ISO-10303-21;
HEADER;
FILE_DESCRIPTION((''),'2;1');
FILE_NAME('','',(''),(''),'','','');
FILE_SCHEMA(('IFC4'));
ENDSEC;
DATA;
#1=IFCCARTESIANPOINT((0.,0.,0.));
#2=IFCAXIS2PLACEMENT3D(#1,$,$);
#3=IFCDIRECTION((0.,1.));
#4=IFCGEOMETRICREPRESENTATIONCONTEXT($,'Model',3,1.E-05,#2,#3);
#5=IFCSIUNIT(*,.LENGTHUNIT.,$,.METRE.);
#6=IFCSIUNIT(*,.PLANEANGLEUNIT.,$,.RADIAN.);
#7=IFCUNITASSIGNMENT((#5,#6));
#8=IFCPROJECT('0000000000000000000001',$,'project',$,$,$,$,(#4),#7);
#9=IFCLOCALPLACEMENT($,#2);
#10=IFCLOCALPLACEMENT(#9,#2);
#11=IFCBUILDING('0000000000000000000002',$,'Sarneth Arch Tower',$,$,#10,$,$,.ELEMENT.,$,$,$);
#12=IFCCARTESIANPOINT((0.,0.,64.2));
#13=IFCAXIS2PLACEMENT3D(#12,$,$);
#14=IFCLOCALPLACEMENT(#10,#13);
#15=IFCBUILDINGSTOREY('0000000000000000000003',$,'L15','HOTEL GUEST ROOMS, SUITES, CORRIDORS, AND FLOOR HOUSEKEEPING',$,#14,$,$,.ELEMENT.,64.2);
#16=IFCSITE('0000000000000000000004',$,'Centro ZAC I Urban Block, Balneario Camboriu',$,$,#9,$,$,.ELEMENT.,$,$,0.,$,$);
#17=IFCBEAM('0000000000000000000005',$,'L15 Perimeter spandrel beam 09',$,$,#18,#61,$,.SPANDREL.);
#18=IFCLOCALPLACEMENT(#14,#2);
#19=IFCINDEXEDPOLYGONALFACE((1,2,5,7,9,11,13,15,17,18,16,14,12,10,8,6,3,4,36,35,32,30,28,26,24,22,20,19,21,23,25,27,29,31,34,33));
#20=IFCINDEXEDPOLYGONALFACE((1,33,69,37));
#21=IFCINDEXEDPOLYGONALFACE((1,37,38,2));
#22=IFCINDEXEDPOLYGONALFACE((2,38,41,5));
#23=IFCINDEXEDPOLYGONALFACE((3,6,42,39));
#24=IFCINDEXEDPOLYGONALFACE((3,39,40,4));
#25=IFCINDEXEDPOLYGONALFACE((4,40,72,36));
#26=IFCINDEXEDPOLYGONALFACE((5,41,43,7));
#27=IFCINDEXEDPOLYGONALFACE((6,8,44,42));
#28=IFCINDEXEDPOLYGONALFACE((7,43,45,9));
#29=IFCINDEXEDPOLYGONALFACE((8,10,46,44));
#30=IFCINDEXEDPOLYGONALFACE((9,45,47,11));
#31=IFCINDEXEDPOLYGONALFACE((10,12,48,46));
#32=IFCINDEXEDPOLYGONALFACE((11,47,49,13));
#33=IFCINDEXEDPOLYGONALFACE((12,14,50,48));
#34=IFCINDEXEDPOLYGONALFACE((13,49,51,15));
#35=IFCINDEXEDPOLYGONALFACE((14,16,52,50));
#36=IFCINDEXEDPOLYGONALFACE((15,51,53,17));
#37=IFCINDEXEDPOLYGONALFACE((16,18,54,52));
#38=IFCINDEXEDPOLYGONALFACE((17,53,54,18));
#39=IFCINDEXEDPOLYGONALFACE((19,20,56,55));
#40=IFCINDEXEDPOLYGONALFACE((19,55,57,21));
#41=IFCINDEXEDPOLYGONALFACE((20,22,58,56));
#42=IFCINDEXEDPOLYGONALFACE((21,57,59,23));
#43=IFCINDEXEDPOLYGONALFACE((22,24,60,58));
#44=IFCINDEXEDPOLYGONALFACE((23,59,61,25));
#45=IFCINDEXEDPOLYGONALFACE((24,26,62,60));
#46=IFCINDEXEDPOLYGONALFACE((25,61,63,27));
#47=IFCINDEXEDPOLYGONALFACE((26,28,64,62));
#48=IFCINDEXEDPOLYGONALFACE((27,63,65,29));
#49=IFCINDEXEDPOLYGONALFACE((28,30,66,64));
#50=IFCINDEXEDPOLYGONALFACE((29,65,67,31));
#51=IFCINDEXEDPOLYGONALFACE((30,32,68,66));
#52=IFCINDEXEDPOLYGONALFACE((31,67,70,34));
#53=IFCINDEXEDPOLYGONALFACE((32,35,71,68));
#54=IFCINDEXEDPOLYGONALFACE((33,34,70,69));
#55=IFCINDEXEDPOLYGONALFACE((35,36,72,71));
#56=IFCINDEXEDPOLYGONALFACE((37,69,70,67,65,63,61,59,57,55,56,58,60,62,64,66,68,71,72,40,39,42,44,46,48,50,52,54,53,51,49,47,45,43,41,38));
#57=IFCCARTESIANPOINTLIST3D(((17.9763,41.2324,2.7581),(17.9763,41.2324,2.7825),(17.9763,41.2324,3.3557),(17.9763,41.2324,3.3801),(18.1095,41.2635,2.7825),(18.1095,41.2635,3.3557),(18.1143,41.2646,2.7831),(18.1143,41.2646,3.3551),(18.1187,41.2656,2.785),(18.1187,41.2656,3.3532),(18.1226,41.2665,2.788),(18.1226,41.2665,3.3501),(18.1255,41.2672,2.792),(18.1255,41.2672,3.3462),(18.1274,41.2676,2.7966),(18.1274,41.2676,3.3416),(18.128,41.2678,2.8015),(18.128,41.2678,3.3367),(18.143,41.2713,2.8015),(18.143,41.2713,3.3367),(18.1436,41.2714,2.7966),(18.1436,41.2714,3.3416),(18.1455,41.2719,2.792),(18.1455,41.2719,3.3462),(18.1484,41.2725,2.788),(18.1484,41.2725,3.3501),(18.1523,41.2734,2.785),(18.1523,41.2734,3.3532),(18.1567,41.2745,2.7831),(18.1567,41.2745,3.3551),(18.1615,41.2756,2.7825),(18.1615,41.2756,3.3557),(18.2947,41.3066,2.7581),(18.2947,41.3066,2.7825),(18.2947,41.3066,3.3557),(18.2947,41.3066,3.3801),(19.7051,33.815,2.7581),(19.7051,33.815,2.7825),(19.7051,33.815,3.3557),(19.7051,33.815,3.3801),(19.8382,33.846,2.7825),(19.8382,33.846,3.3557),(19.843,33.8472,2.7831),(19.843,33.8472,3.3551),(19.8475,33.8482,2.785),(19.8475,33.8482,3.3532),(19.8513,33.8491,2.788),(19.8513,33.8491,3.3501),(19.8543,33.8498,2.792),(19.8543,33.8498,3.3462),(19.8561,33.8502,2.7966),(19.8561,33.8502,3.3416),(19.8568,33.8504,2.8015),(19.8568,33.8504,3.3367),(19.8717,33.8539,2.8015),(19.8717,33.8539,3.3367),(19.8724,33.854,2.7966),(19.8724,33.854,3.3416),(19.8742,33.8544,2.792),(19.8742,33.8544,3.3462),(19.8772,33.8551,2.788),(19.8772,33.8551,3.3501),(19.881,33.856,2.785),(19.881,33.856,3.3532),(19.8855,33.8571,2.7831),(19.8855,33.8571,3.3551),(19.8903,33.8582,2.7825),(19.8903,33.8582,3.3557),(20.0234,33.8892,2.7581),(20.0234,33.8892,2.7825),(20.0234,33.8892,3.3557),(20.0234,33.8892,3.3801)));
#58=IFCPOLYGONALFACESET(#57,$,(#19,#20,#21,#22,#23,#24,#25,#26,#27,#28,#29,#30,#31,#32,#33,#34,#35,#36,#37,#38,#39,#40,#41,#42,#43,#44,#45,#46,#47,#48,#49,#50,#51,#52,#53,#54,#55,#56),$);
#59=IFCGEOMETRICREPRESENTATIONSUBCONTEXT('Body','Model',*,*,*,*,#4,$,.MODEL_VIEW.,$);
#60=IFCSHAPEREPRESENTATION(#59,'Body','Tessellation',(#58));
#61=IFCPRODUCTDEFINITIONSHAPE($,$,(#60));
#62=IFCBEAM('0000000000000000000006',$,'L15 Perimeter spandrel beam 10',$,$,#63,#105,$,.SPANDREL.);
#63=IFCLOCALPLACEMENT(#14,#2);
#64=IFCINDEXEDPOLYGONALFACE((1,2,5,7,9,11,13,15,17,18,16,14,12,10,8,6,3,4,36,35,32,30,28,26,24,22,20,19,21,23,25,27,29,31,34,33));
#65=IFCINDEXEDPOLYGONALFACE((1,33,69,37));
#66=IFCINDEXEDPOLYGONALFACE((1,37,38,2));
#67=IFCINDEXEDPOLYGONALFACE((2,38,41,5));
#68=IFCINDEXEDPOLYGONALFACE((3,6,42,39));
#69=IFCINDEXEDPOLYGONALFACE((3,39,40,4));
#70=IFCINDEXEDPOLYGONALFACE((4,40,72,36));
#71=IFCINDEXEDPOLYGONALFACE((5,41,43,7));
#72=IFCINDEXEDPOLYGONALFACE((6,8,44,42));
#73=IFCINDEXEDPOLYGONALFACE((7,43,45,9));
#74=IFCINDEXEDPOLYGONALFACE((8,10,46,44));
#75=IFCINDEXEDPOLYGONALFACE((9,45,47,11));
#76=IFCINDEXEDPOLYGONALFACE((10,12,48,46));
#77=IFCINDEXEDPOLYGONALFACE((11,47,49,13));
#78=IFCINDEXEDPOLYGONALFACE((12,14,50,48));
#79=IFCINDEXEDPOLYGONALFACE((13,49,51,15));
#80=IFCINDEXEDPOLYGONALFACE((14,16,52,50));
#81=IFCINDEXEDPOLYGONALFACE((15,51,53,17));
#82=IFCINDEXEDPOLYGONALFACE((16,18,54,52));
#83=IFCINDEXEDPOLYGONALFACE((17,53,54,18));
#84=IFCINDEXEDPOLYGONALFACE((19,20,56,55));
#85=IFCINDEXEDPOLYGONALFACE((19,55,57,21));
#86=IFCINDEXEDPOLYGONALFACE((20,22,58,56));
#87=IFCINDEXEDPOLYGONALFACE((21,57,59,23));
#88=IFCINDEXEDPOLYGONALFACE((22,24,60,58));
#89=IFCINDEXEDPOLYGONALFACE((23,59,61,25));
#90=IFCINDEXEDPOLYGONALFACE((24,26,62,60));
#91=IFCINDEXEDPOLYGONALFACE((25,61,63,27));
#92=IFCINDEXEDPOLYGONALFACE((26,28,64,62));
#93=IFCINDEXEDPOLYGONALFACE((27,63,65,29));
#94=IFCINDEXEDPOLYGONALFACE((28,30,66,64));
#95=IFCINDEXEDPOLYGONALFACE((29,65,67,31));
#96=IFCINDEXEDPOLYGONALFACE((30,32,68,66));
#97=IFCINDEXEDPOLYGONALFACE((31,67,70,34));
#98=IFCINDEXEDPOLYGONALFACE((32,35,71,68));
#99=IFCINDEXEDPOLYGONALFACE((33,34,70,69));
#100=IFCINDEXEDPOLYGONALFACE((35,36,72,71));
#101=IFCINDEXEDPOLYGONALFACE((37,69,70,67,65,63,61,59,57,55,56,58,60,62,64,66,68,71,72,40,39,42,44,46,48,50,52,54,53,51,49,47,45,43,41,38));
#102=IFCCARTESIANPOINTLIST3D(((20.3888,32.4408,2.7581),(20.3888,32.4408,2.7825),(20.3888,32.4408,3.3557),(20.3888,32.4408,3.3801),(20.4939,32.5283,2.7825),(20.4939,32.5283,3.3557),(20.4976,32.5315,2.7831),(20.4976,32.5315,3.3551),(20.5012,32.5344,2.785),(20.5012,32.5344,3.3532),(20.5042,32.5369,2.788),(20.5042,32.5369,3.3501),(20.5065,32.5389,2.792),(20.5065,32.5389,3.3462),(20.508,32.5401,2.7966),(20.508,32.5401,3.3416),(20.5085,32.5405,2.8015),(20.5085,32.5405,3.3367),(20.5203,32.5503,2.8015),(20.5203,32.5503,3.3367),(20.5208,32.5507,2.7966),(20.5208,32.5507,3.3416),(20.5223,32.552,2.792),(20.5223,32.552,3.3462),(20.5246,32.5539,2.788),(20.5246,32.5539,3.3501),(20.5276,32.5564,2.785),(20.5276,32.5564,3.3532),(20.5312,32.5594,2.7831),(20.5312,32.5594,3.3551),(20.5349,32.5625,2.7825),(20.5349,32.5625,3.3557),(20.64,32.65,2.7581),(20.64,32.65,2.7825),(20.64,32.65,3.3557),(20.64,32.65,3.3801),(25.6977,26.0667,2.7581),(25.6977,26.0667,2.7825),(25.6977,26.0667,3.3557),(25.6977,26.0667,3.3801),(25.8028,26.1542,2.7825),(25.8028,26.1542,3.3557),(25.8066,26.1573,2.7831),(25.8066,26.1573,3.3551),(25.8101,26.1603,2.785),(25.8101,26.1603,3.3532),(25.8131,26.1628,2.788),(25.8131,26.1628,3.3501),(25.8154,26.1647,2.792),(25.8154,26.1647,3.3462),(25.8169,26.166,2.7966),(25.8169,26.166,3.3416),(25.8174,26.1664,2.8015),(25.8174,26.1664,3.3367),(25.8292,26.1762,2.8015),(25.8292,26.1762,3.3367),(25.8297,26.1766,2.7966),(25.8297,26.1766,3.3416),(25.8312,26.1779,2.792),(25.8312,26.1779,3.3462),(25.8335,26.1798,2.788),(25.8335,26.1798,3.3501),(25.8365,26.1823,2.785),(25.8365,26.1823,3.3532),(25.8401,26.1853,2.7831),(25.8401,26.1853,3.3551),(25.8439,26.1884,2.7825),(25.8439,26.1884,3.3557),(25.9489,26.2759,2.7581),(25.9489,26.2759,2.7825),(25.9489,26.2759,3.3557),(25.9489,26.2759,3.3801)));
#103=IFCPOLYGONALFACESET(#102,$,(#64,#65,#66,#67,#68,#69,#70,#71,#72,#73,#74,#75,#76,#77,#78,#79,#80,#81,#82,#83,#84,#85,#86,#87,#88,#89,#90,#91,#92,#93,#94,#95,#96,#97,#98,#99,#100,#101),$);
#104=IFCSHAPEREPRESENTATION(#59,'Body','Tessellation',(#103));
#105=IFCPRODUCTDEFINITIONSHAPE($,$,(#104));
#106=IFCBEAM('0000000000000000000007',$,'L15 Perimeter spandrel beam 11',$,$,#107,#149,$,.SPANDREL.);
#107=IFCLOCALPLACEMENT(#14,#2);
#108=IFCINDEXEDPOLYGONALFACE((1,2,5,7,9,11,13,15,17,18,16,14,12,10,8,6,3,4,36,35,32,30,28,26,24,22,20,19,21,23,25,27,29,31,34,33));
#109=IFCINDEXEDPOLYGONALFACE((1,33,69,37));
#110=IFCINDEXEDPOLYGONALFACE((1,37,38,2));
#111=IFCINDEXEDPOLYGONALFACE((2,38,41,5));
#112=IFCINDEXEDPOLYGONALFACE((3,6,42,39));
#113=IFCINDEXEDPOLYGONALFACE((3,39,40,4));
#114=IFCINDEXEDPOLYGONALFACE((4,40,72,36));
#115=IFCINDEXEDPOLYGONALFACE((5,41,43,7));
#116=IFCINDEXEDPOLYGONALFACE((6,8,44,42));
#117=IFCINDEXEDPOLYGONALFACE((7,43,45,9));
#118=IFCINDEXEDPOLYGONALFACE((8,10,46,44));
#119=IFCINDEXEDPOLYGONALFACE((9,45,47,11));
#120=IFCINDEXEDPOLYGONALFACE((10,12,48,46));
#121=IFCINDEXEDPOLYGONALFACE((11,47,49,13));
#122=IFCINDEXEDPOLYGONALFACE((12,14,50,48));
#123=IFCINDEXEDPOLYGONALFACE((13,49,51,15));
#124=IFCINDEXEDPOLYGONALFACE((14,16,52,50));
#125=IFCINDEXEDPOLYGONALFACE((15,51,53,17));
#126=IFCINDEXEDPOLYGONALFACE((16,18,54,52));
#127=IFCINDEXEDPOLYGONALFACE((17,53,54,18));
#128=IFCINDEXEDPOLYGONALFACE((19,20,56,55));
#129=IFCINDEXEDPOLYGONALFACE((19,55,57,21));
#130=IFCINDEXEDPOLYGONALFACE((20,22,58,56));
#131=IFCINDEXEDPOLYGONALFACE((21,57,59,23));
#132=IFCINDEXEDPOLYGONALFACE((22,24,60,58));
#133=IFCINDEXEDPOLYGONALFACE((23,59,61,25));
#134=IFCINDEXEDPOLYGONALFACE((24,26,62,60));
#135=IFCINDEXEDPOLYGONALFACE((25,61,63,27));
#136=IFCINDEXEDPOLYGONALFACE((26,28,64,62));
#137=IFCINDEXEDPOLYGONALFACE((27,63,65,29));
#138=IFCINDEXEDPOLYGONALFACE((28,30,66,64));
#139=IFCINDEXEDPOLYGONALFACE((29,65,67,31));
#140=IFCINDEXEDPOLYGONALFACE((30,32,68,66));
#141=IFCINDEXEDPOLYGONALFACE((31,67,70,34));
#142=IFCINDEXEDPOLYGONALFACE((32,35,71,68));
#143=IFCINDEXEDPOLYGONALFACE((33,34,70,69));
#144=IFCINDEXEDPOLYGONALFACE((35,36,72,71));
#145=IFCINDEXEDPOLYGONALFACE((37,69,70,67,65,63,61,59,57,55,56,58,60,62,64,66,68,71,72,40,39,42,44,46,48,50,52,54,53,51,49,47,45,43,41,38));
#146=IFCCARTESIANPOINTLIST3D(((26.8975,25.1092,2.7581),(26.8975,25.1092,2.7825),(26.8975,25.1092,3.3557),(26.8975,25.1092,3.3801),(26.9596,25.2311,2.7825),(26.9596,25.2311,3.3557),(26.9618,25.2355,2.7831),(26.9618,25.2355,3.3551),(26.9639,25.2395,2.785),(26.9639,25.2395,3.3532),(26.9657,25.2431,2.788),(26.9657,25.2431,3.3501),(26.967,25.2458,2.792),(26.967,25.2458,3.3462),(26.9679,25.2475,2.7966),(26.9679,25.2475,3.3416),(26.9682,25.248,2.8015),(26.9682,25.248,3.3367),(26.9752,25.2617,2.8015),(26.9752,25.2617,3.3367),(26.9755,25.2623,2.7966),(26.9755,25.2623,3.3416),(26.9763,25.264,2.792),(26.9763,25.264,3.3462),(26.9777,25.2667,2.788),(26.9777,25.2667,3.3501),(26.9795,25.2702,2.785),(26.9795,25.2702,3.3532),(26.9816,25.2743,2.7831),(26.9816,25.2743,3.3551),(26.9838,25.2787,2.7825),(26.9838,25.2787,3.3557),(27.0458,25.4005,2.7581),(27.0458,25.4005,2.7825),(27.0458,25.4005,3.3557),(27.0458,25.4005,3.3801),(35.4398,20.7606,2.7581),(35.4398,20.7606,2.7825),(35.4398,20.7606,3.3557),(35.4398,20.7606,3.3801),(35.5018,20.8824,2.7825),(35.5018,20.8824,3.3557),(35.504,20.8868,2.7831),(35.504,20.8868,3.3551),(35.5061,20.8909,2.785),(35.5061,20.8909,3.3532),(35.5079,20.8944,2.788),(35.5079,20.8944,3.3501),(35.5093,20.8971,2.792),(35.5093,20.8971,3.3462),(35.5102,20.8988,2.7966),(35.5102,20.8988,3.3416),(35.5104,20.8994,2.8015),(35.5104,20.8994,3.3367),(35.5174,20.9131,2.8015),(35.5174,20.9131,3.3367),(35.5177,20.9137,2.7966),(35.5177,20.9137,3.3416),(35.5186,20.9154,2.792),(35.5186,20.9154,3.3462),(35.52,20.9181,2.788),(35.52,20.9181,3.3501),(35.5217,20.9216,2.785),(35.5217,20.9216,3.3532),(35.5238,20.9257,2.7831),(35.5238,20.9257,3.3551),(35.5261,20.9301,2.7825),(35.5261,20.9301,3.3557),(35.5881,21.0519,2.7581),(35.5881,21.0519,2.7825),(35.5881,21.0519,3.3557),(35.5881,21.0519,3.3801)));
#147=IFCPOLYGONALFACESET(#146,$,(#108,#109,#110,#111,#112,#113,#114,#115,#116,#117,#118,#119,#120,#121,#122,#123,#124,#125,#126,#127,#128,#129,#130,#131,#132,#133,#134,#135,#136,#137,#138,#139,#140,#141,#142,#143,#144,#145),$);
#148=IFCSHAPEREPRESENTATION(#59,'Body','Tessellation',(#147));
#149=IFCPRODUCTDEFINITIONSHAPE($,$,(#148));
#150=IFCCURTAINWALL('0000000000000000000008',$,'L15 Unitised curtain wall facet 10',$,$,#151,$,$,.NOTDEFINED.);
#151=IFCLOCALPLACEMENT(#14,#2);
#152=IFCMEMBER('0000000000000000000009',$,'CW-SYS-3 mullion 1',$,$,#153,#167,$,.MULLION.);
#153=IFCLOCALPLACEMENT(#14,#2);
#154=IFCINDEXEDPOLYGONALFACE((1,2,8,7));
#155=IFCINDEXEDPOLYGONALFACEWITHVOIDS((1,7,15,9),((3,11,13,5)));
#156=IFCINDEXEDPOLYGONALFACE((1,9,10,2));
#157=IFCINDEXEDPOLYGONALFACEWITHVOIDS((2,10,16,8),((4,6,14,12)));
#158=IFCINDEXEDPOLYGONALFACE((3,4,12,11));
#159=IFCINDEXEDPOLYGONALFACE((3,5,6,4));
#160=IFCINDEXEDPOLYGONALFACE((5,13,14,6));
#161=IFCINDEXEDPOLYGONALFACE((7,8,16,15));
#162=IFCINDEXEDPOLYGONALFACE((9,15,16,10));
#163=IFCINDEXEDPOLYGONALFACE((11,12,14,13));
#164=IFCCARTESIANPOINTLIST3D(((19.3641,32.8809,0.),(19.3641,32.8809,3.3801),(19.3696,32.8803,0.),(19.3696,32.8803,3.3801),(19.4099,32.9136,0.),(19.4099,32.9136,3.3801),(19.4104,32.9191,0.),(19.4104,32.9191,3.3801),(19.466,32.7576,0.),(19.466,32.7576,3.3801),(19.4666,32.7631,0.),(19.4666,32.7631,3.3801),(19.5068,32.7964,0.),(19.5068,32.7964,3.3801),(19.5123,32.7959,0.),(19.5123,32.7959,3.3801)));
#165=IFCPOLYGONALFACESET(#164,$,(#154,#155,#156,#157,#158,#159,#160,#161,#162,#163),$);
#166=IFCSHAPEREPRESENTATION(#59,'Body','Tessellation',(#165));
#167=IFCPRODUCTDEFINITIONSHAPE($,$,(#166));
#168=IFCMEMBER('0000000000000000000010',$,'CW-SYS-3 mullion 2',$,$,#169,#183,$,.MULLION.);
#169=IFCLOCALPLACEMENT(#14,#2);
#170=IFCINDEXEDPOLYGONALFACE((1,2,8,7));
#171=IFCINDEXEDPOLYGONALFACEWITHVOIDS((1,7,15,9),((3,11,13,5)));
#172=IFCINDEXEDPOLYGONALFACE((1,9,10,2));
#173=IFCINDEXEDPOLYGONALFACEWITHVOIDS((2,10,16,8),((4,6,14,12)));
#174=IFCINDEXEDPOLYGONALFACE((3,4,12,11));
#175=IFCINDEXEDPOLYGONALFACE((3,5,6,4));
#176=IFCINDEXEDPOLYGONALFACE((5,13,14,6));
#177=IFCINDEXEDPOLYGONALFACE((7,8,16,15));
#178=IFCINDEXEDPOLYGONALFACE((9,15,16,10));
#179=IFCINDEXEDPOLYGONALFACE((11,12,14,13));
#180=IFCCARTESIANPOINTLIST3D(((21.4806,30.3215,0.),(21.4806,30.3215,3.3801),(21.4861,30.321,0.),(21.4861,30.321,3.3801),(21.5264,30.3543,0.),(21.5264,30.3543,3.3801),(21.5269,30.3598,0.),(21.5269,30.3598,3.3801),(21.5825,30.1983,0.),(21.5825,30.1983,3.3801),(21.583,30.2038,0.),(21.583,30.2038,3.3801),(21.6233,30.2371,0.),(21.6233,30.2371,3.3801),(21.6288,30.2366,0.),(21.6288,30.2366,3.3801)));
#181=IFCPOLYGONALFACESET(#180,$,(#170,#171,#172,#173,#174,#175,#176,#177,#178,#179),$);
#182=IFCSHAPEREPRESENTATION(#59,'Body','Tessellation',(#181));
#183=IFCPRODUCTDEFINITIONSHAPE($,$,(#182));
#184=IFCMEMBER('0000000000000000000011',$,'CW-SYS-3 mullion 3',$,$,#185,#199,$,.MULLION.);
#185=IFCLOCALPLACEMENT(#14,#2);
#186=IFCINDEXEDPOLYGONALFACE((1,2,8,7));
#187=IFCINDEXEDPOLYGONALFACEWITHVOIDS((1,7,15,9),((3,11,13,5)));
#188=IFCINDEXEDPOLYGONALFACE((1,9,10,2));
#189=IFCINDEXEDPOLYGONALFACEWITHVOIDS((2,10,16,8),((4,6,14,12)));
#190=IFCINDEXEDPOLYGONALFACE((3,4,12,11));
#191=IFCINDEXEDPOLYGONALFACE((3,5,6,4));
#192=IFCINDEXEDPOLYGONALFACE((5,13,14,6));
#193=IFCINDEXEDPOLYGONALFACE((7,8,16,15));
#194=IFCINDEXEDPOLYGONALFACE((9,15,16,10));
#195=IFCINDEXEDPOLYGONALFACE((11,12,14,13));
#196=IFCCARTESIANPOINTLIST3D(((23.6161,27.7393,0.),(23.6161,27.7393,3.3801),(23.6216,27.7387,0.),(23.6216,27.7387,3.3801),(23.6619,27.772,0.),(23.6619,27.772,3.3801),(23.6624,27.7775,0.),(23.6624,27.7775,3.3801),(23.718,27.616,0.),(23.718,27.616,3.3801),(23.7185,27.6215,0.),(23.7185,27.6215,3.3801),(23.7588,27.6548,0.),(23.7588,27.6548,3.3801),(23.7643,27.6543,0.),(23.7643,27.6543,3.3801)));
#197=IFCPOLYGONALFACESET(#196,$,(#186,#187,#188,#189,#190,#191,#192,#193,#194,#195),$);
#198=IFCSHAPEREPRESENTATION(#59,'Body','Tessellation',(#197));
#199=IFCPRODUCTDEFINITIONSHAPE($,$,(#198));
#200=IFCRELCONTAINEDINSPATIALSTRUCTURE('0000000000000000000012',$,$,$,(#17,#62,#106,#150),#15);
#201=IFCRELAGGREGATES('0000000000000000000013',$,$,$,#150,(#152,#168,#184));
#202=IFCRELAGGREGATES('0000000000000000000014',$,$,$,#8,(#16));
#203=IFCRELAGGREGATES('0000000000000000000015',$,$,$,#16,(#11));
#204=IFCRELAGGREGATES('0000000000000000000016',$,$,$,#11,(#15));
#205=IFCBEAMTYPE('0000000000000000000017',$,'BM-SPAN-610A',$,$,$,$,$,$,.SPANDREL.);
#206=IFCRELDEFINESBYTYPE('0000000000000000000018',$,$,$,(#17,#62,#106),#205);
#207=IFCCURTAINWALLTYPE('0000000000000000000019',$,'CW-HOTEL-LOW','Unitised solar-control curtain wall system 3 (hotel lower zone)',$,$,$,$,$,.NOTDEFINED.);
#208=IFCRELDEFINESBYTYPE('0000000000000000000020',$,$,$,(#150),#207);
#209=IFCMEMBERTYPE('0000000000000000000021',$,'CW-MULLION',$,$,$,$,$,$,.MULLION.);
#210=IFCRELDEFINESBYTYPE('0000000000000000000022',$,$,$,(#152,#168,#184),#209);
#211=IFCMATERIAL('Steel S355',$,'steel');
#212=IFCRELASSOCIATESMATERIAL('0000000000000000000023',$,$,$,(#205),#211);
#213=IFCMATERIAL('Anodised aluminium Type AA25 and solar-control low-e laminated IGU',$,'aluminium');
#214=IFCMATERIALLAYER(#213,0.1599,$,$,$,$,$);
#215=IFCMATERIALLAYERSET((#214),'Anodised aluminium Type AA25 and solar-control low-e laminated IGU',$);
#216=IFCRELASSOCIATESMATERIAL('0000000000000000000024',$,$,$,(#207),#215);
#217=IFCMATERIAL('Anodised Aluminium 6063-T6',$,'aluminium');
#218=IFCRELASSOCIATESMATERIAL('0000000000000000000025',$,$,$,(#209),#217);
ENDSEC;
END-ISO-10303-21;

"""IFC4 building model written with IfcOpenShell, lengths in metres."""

from ifc_helpers import new_model, si_unit, direction, frame, origin, origin_2d, place, context, subcontext, project, spatial, hollow_rectangle, i_section, extrude, material, layer, layer_set, material_profile, profile_set, type_object, element, aggregate, save


model = new_model("IFC4")

# Units and contexts
model_context = context("Model", 3, precision=1e-05, world=origin(), true_north=direction((0.0, 1.0)))
body_context = subcontext(model_context, "Body", "Model", "MODEL_VIEW")
ifc_project = project(units=[si_unit("LENGTHUNIT", "METRE"), si_unit("PLANEANGLEUNIT", "RADIAN")], contexts=[model_context])

# Site, building, storey
site_placement = place(None, origin())
site = spatial("IfcSite", under=ifc_project, at=site_placement, Name="Centro ZAC I Urban Block, Balneario Camboriu", CompositionType="ELEMENT", RefElevation=0.0)
building_placement = place(site_placement, origin())
building = spatial("IfcBuilding", under=site, at=building_placement, Name="Sarneth Arch Tower", CompositionType="ELEMENT")
storey_placement = place(building_placement, frame((0.0, 0.0, 64.2)))
storey = spatial("IfcBuildingStorey", under=building, at=storey_placement, Name="L15", Description="HOTEL GUEST ROOMS, SUITES, CORRIDORS, AND FLOOR HOUSEKEEPING", CompositionType="ELEMENT", Elevation=64.2)

# Beams
ifc_material_1 = material(Name="Steel S355", Category="steel")
ifc_material_profile_1 = material_profile(ifc_material_1, i_section(OverallWidth=0.3269, OverallDepth=0.6221, WebThickness=0.0154, FlangeThickness=0.0244, FilletRadius=0.019, at=origin_2d()), Name="W610x195")
ifc_profile_set_1 = profile_set([ifc_material_profile_1], Name="Steel S355")
beam_type = type_object("IfcBeamType", Name="BM-SPAN-610A", PredefinedType="SPANDREL", material=ifc_profile_set_1)
beam_1_placement = place(storey_placement, frame((18.1355, 41.2695, 3.0691), z_axis=(0.226982, -0.973899, 0.0), x_axis=(0.973899, 0.226982, 0.0)))
element("IfcBeam", 1, at=beam_1_placement, inside=storey, type_object=beam_type, Name="L15 Perimeter spandrel beam 09", PredefinedType="SPANDREL", context=body_context, shape_type="SweptSolid", body=[
    extrude(i_section(OverallWidth=0.3269, OverallDepth=0.6221, WebThickness=0.0154, FlangeThickness=0.0244, FilletRadius=0.019, at=origin_2d()), origin(), (0.0, 0.0, 1.0), 7.6162),
])
beam_2_placement = place(storey_placement, frame((20.5144, 32.5454, 3.0691), z_axis=(0.639982, -0.76839, 0.0), x_axis=(0.76839, 0.639982, 0.0)))
element("IfcBeam", 2, at=beam_2_placement, inside=storey, type_object=beam_type, Name="L15 Perimeter spandrel beam 10", PredefinedType="SPANDREL", context=body_context, shape_type="SweptSolid", body=[
    extrude(i_section(OverallWidth=0.3269, OverallDepth=0.6221, WebThickness=0.0154, FlangeThickness=0.0244, FilletRadius=0.019, at=origin_2d()), origin(), (0.0, 0.0, 1.0), 8.2954),
])
beam_3_placement = place(storey_placement, frame((26.9717, 25.2549, 3.0691), z_axis=(0.891169, -0.453671, 0.0), x_axis=(0.453671, 0.891169, 0.0)))
element("IfcBeam", 3, at=beam_3_placement, inside=storey, type_object=beam_type, Name="L15 Perimeter spandrel beam 11", PredefinedType="SPANDREL", context=body_context, shape_type="SweptSolid", body=[
    extrude(i_section(OverallWidth=0.3269, OverallDepth=0.6221, WebThickness=0.0154, FlangeThickness=0.0244, FilletRadius=0.019, at=origin_2d()), origin(), (0.0, 0.0, 1.0), 9.5854),
])

# Curtain wall, members
ifc_material_2 = material(Name="Anodised aluminium Type AA25 and solar-control low-e laminated IGU", Category="aluminium")
ifc_layer_1 = layer(ifc_material_2, 0.1599)
ifc_layer_set_1 = layer_set([ifc_layer_1], Name="Anodised aluminium Type AA25 and solar-control low-e laminated IGU")
curtain_wall_type = type_object("IfcCurtainWallType", Name="CW-HOTEL-LOW", Description="Unitised solar-control curtain wall system 3 (hotel lower zone)", PredefinedType="NOTDEFINED", material=ifc_layer_set_1)
curtain_wall_placement = place(storey_placement, origin())
curtain_wall = element("IfcCurtainWall", 4, at=curtain_wall_placement, inside=storey, type_object=curtain_wall_type, Name="L15 Unitised curtain wall facet 10", PredefinedType="NOTDEFINED")
ifc_material_3 = material(Name="Anodised Aluminium 6063-T6", Category="aluminium")
ifc_material_profile_2 = material_profile(ifc_material_3, hollow_rectangle(XDim=0.0601, YDim=0.1599, WallThickness=0.0039, at=origin_2d()), Name="AL-MULL-160x60x4")
ifc_profile_set_2 = profile_set([ifc_material_profile_2], Name="Anodised Aluminium 6063-T6")
member_type_1 = type_object("IfcMemberType", Name="CW-MULLION", PredefinedType="MULLION", material=ifc_profile_set_2)
member_1_placement = place(storey_placement, frame((19.4382, 32.8384, 0.0), z_axis=(0.0, 0.0, 1.0), x_axis=(0.770623, 0.637291, 0.0)))
member_1 = element("IfcMember", 5, at=member_1_placement, type_object=member_type_1, Name="CW-SYS-3 mullion 1", PredefinedType="MULLION", context=body_context, shape_type="SweptSolid", body=[
    extrude(hollow_rectangle(XDim=0.0601, YDim=0.1599, WallThickness=0.0039, at=origin_2d()), origin(), (0.0, 0.0, 1.0), 3.3801),
])
member_2_placement = place(storey_placement, frame((21.5547, 30.2791, 0.0), z_axis=(0.0, 0.0, 1.0), x_axis=(0.770623, 0.637291, 0.0)))
member_2 = element("IfcMember", 6, at=member_2_placement, type_object=member_type_1, Name="CW-SYS-3 mullion 2", PredefinedType="MULLION", context=body_context, shape_type="SweptSolid", body=[
    extrude(hollow_rectangle(XDim=0.0601, YDim=0.1599, WallThickness=0.0039, at=origin_2d()), origin(), (0.0, 0.0, 1.0), 3.3801),
])
member_3_placement = place(storey_placement, frame((23.6902, 27.6968, 0.0), z_axis=(0.0, 0.0, 1.0), x_axis=(0.770623, 0.637291, 0.0)))
member_3 = element("IfcMember", 7, at=member_3_placement, type_object=member_type_1, Name="CW-SYS-3 mullion 3", PredefinedType="MULLION", context=body_context, shape_type="SweptSolid", body=[
    extrude(hollow_rectangle(XDim=0.0601, YDim=0.1599, WallThickness=0.0039, at=origin_2d()), origin(), (0.0, 0.0, 1.0), 3.3801),
])

aggregate(curtain_wall, [member_1, member_2, member_3])

save(model, "model.ifc")
